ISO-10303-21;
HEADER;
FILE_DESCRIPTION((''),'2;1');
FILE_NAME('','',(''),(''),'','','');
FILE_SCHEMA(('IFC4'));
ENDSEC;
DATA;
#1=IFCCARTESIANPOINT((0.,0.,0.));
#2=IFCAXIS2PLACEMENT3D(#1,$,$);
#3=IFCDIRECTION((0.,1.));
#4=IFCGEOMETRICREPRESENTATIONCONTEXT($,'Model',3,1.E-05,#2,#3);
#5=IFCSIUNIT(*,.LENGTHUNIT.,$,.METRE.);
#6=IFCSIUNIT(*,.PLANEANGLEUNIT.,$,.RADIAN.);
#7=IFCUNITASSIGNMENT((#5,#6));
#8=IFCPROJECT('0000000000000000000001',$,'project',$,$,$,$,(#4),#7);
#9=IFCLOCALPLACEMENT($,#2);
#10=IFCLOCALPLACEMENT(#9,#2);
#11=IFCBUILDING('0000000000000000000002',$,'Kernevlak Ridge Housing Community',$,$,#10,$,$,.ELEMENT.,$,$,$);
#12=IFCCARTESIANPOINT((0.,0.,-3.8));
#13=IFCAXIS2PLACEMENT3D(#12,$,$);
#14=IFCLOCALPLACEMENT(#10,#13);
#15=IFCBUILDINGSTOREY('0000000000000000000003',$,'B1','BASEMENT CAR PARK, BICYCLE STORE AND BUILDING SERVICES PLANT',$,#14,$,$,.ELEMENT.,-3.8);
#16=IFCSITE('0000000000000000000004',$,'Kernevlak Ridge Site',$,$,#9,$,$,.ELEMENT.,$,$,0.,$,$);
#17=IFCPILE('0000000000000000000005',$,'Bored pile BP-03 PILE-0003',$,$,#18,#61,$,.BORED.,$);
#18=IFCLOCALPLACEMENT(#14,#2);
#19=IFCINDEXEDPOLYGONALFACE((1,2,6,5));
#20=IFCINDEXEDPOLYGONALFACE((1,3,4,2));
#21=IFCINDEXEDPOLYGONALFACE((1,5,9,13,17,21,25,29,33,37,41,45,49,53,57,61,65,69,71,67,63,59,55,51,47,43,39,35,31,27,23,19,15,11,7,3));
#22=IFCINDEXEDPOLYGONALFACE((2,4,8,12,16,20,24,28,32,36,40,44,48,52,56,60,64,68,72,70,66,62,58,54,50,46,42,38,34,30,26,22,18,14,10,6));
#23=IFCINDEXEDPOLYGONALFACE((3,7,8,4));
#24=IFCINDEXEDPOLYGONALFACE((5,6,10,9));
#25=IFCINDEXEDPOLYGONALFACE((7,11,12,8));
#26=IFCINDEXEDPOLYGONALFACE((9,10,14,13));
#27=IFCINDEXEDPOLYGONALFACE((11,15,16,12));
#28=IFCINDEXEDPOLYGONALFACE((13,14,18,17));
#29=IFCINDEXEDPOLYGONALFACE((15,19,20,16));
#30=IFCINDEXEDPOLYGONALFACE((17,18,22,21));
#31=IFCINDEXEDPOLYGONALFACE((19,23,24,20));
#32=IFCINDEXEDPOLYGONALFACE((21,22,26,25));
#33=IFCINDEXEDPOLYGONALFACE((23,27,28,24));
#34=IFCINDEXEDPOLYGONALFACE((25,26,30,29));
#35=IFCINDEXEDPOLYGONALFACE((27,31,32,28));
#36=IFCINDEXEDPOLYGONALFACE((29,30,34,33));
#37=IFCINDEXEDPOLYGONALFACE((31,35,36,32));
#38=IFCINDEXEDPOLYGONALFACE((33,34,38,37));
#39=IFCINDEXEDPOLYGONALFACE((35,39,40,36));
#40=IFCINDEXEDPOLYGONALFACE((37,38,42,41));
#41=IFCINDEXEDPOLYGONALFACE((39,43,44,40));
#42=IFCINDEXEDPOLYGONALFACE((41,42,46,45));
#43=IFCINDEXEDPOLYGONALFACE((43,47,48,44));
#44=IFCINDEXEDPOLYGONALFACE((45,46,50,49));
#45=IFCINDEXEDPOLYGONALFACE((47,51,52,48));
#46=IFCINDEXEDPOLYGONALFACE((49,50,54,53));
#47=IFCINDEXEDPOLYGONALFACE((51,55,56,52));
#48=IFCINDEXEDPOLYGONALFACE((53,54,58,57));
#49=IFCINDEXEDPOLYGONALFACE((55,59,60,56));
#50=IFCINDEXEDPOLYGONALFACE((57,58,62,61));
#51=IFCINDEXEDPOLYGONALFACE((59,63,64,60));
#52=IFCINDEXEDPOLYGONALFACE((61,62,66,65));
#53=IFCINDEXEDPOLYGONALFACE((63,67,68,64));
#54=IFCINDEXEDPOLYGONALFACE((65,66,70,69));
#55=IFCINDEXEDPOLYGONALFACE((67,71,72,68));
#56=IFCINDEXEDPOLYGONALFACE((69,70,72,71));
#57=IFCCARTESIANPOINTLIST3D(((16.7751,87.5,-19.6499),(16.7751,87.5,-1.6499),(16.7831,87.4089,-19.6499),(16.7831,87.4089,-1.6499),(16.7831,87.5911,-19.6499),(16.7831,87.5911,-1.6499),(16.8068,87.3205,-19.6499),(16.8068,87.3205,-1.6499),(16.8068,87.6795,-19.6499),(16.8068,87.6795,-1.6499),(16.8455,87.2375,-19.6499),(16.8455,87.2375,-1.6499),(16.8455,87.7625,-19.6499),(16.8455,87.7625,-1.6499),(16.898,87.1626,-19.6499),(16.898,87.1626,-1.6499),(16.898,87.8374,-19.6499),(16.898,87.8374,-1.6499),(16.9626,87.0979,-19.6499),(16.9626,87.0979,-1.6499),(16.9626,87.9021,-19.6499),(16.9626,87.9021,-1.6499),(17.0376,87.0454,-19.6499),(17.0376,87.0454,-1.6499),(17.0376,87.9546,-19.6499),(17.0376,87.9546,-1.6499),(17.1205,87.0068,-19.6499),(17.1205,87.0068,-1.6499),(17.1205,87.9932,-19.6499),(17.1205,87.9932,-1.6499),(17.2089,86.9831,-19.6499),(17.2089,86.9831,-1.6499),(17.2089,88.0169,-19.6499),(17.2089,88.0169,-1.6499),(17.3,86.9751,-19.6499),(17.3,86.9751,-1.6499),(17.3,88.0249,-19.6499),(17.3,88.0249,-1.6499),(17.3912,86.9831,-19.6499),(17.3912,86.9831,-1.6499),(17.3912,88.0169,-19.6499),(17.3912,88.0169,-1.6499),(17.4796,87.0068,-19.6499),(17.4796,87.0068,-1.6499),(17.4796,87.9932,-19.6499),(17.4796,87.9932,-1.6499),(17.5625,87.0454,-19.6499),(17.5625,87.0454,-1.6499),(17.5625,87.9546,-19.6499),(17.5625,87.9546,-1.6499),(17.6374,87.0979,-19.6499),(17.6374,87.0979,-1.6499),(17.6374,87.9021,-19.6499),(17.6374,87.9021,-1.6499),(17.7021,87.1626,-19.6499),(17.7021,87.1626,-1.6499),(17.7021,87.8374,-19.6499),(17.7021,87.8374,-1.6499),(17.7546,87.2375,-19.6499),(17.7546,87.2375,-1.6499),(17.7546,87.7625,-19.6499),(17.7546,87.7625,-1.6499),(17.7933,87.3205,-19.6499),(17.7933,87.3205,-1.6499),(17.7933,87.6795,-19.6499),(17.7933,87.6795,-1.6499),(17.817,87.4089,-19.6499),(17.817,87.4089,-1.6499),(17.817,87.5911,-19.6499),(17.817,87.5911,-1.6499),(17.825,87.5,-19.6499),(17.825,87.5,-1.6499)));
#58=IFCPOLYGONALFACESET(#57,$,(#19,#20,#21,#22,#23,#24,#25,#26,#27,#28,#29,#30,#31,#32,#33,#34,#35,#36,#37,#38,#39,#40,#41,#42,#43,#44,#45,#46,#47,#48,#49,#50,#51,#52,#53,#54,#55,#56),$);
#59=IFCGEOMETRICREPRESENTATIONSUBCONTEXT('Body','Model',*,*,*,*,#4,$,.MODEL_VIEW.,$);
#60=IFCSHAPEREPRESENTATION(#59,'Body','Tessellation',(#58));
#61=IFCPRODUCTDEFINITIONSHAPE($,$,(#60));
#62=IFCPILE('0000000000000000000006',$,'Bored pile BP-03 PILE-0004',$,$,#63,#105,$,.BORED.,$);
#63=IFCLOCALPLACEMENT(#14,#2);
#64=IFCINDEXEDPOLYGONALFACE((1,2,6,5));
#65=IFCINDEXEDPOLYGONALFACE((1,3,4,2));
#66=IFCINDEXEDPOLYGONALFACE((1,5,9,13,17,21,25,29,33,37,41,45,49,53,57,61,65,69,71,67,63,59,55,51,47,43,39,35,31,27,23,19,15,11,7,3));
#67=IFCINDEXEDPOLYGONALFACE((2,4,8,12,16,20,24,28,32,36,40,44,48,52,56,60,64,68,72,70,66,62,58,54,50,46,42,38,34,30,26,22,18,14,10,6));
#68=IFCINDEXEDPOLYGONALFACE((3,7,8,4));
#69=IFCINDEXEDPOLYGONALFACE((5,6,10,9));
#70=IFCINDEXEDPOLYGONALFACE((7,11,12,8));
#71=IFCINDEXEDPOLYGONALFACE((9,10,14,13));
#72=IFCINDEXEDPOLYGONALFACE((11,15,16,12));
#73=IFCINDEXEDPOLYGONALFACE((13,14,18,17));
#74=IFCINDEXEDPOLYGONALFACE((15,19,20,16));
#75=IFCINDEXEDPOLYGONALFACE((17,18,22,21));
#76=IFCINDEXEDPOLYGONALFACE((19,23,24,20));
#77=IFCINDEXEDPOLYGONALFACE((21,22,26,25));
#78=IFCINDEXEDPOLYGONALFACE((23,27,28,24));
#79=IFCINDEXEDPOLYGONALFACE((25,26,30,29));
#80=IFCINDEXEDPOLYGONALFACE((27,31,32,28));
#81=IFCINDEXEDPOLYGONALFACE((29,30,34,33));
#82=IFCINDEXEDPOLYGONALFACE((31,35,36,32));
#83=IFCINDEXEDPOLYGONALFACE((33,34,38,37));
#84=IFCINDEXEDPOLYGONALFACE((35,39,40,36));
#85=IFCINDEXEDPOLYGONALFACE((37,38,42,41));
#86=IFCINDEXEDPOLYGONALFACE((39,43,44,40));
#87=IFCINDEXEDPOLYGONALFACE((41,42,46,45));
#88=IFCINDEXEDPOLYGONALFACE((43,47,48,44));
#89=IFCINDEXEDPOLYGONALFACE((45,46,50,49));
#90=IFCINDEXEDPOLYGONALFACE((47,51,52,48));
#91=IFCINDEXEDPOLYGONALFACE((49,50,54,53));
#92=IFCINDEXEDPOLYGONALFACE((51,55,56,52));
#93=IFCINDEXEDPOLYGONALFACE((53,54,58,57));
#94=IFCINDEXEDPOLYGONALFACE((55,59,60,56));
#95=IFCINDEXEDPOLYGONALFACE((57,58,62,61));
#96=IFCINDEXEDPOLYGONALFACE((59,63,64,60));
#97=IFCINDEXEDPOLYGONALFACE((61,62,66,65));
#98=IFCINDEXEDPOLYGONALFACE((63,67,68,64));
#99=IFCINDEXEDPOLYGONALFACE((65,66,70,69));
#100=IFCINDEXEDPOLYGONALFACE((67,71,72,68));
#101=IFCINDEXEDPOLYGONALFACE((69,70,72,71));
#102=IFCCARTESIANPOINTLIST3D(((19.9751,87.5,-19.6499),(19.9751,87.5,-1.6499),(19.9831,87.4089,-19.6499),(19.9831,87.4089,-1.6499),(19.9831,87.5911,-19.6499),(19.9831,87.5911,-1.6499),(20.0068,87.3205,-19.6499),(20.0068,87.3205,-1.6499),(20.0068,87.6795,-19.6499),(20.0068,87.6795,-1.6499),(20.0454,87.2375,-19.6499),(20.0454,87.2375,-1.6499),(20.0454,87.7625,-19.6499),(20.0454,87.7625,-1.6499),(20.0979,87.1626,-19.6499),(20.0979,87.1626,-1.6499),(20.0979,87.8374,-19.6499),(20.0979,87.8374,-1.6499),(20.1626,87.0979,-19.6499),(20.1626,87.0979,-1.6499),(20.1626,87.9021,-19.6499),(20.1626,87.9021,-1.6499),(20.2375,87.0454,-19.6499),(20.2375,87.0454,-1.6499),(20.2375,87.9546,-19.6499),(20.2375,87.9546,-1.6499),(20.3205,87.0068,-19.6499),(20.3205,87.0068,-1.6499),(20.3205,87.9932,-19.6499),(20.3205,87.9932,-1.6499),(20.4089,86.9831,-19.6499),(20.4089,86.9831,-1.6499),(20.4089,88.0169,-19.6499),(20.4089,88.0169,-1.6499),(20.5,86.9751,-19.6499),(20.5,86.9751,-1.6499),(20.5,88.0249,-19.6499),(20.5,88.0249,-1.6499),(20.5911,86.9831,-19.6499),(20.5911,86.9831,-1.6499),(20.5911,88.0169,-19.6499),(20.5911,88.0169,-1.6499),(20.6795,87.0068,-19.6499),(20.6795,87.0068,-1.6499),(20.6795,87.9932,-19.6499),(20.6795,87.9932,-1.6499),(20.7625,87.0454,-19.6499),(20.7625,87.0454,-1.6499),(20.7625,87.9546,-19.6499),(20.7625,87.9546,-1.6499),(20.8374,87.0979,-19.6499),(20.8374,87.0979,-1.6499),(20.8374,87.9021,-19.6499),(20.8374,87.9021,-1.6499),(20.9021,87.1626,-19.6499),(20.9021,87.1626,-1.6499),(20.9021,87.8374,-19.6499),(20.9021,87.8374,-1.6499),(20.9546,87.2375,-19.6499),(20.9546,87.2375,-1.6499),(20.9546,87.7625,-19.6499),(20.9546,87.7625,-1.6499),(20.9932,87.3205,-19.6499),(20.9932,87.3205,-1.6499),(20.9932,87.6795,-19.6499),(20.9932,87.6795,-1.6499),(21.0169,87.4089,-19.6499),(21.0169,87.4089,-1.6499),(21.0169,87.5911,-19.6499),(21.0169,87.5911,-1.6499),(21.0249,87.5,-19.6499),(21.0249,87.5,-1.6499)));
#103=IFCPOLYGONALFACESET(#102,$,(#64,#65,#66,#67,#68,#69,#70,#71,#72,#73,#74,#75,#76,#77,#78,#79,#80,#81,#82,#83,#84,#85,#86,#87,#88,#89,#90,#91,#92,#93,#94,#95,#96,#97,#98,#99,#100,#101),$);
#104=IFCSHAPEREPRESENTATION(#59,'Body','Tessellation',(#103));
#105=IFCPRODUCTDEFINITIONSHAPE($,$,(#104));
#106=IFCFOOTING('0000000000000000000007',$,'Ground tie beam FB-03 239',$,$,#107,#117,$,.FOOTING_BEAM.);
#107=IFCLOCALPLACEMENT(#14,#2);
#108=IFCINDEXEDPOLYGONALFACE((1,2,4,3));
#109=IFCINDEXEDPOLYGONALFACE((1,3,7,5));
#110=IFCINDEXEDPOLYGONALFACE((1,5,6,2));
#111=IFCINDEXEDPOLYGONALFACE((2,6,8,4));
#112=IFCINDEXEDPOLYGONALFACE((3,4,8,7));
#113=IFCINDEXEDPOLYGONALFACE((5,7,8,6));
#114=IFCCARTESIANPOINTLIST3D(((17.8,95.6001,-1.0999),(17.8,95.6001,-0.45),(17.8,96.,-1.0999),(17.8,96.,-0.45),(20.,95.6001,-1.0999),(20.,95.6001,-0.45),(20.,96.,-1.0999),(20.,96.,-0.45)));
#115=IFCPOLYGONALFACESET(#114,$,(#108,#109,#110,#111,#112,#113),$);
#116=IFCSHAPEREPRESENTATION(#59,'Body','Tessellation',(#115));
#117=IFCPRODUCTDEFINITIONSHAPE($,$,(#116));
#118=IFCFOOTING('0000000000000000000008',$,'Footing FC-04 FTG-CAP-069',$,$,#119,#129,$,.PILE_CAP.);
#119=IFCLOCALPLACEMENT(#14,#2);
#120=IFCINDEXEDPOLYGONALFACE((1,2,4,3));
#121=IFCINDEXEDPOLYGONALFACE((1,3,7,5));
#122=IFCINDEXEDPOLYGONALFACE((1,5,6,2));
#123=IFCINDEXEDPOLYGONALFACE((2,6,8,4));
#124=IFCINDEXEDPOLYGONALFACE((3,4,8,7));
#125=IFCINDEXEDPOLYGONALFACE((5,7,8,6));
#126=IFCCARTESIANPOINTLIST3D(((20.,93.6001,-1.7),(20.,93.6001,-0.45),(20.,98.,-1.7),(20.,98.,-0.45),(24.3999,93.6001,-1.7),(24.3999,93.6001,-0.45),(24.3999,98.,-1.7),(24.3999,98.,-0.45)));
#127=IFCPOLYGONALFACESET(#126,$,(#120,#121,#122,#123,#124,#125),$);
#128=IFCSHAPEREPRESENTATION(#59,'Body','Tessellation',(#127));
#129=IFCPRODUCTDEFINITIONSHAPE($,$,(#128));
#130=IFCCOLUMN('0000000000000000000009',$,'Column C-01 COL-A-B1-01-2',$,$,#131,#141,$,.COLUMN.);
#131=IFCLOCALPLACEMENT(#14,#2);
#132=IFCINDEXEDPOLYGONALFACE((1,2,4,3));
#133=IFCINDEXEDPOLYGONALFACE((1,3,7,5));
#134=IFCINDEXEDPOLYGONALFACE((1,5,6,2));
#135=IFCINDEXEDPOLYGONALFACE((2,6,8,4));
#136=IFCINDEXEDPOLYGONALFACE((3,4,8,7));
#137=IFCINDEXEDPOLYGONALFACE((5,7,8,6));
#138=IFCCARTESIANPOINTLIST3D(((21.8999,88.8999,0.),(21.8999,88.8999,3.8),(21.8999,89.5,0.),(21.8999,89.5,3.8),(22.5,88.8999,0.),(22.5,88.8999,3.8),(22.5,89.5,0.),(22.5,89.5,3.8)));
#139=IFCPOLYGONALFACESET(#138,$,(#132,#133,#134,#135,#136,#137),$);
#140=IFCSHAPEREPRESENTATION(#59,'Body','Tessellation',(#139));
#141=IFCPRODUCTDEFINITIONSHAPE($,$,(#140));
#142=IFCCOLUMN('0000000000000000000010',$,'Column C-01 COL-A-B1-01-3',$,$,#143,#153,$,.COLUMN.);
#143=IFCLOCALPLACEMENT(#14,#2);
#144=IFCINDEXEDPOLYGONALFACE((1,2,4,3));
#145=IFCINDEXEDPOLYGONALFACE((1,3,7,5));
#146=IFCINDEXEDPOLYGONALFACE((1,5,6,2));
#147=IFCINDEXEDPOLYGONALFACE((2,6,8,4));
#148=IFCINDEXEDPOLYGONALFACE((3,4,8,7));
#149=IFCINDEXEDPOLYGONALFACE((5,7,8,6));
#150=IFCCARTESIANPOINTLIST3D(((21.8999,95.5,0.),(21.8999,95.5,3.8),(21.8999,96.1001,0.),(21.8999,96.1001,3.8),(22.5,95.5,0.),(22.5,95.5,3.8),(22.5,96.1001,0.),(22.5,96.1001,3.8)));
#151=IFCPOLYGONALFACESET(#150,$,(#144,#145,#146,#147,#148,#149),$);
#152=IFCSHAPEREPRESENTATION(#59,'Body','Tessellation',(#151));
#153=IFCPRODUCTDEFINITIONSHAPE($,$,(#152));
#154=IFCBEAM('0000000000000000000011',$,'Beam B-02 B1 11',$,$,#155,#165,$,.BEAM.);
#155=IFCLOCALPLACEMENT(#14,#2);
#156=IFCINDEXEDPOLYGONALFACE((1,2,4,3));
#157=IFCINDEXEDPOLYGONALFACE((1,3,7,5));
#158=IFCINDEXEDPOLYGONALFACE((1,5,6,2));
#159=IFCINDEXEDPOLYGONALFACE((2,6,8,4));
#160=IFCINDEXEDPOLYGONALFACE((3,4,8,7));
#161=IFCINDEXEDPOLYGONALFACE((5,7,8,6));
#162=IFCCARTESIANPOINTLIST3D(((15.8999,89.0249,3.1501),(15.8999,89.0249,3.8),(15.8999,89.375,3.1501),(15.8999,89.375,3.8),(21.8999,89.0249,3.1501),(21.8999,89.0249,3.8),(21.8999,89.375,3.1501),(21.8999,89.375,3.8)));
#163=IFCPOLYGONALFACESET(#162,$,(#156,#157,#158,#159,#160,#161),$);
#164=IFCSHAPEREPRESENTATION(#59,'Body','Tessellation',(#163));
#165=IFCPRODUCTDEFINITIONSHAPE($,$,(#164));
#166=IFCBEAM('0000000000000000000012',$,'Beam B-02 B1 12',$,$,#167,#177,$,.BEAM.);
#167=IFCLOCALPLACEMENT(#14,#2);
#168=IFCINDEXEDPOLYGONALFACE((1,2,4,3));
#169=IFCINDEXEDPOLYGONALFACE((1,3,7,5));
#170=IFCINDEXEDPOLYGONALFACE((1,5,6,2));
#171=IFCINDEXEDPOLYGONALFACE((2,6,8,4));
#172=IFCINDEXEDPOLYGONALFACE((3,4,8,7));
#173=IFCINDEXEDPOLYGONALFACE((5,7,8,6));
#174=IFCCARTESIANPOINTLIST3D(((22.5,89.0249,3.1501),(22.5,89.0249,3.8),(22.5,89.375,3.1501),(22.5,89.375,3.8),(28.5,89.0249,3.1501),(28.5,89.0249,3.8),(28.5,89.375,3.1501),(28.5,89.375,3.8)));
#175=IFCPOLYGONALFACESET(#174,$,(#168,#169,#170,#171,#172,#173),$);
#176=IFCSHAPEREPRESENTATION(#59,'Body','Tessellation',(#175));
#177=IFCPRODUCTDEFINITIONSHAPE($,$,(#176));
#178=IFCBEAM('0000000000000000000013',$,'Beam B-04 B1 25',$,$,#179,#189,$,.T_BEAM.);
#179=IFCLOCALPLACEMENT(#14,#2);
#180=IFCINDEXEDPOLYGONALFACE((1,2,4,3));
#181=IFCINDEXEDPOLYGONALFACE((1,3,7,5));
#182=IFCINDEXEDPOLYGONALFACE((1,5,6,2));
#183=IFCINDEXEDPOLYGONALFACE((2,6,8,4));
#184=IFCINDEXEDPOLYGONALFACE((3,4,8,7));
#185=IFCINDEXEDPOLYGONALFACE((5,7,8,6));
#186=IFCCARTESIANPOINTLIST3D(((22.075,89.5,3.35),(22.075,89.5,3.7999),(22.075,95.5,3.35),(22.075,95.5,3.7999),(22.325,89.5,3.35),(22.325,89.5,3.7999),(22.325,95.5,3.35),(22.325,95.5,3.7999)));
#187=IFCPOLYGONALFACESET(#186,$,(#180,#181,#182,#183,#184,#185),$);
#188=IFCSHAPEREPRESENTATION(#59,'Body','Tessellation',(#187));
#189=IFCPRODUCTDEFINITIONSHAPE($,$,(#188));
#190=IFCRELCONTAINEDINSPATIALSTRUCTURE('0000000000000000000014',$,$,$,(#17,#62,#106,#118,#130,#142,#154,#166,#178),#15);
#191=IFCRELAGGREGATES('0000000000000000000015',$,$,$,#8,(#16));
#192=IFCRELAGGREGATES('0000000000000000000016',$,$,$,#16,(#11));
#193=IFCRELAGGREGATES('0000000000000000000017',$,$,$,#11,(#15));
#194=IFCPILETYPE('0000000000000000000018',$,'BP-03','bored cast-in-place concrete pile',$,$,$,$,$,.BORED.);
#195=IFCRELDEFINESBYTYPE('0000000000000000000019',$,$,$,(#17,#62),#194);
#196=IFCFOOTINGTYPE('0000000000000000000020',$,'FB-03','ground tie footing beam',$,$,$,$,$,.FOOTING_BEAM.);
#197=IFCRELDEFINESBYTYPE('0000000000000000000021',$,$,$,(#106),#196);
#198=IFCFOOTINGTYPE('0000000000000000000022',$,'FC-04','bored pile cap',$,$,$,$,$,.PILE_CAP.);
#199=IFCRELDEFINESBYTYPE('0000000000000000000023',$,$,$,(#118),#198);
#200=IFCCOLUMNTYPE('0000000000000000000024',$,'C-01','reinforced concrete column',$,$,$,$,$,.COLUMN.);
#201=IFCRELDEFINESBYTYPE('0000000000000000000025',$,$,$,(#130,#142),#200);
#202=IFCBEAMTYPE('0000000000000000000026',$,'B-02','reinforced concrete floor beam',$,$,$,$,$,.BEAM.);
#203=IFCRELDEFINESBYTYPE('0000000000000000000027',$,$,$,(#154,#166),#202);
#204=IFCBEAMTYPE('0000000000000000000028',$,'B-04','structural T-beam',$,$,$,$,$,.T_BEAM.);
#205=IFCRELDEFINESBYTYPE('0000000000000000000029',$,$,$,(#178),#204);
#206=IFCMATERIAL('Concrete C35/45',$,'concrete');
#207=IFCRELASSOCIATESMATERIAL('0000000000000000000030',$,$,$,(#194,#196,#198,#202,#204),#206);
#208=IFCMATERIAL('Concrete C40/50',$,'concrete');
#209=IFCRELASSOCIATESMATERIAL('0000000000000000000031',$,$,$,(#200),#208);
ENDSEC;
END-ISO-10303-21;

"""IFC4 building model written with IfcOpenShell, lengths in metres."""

from ifc_helpers import new_model, si_unit, direction, frame, origin, origin_2d, place, context, subcontext, project, spatial, rectangle, circle, extrude, material, material_profile, profile_set, type_object, element, save


model = new_model("IFC4")

# Units and contexts
model_context = context("Model", 3, precision=1e-05, world=origin(), true_north=direction((0.0, 1.0)))
body_context = subcontext(model_context, "Body", "Model", "MODEL_VIEW")
ifc_project = project(units=[si_unit("LENGTHUNIT", "METRE"), si_unit("PLANEANGLEUNIT", "RADIAN")], contexts=[model_context])

# Site, building, storey
site_placement = place(None, origin())
site = spatial("IfcSite", under=ifc_project, at=site_placement, Name="Kernevlak Ridge Site", CompositionType="ELEMENT", RefElevation=0.0)
building_placement = place(site_placement, origin())
building = spatial("IfcBuilding", under=site, at=building_placement, Name="Kernevlak Ridge Housing Community", CompositionType="ELEMENT")
storey_placement = place(building_placement, frame((0.0, 0.0, -3.8)))
storey = spatial("IfcBuildingStorey", under=building, at=storey_placement, Name="B1", Description="BASEMENT CAR PARK, BICYCLE STORE AND BUILDING SERVICES PLANT", CompositionType="ELEMENT", Elevation=-3.8)

# Piles
ifc_material_1 = material(Name="Concrete C35/45", Category="concrete")
ifc_material_profile_1 = material_profile(ifc_material_1, circle(Radius=0.5249, at=origin_2d()), Name="BORED PILE 1050")
ifc_profile_set_1 = profile_set([ifc_material_profile_1], Name="Concrete C35/45")
pile_type_1 = type_object("IfcPileType", Name="BP-03", Description="bored cast-in-place concrete pile", PredefinedType="BORED", material=ifc_profile_set_1)
for number, where, z_axis, x_axis, name in (
    (1, (17.3, 87.5, -1.6499), (0.0, 0.0, -1.0), (1.0, 0.0, 0.0), "Bored pile BP-03 PILE-0003"),
    (2, (20.5, 87.5, -1.6499), (0.0, 0.0, -1.0), (1.0, 0.0, 0.0), "Bored pile BP-03 PILE-0004"),
):
    element("IfcPile", number, at=place(storey_placement, frame(where, z_axis=z_axis, x_axis=x_axis)), inside=storey, type_object=pile_type_1, Name=name, PredefinedType="BORED", context=body_context, shape_type="SweptSolid", body=[
        extrude(circle(Radius=0.5249, at=origin_2d()), origin(), (0.0, 0.0, 1.0), 18.0),
    ])

# Footings
ifc_material_profile_2 = material_profile(ifc_material_1, rectangle(XDim=0.3999, YDim=0.6499, at=origin_2d()), Name="RC 400x650")
ifc_profile_set_2 = profile_set([ifc_material_profile_2], Name="Concrete C35/45")
footing_type_1 = type_object("IfcFootingType", Name="FB-03", Description="ground tie footing beam", PredefinedType="FOOTING_BEAM", material=ifc_profile_set_2)
footing_1_placement = place(storey_placement, frame((17.8, 95.8, -0.7749), z_axis=(1.0, 0.0, 0.0), x_axis=(0.0, 1.0, 0.0)))
element("IfcFooting", 3, at=footing_1_placement, inside=storey, type_object=footing_type_1, Name="Ground tie beam FB-03 239", PredefinedType="FOOTING_BEAM", context=body_context, shape_type="SweptSolid", body=[
    extrude(rectangle(XDim=0.3999, YDim=0.6499, at=origin_2d()), origin(), (0.0, 0.0, 1.0), 2.2),
])
footing_type_2 = type_object("IfcFootingType", Name="FC-04", Description="bored pile cap", PredefinedType="PILE_CAP", material=ifc_material_1)
footing_2_placement = place(storey_placement, frame((22.2, 95.8, -1.7), z_axis=(0.0, 0.0, 1.0), x_axis=(1.0, 0.0, 0.0)))
element("IfcFooting", 4, at=footing_2_placement, inside=storey, type_object=footing_type_2, Name="Footing FC-04 FTG-CAP-069", PredefinedType="PILE_CAP", context=body_context, shape_type="SweptSolid", body=[
    extrude(rectangle(XDim=4.3999, YDim=4.3999, at=origin_2d()), origin(), (0.0, 0.0, 1.0), 1.25),
])

# Columns
ifc_material_2 = material(Name="Concrete C40/50", Category="concrete")
ifc_material_profile_3 = material_profile(ifc_material_2, rectangle(XDim=0.6001, YDim=0.6001, at=origin_2d()), Name="RC 600x600")
ifc_profile_set_3 = profile_set([ifc_material_profile_3], Name="Concrete C40/50")
column_type = type_object("IfcColumnType", Name="C-01", Description="reinforced concrete column", PredefinedType="COLUMN", material=ifc_profile_set_3)
for number, where, z_axis, x_axis, name in (
    (5, (22.2, 89.2, 0.0), (0.0, 0.0, 1.0), (1.0, 0.0, 0.0), "Column C-01 COL-A-B1-01-2"),
    (6, (22.2, 95.8, 0.0), (0.0, 0.0, 1.0), (1.0, 0.0, 0.0), "Column C-01 COL-A-B1-01-3"),
):
    element("IfcColumn", number, at=place(storey_placement, frame(where, z_axis=z_axis, x_axis=x_axis)), inside=storey, type_object=column_type, Name=name, PredefinedType="COLUMN", context=body_context, shape_type="SweptSolid", body=[
        extrude(rectangle(XDim=0.6001, YDim=0.6001, at=origin_2d()), origin(), (0.0, 0.0, 1.0), 3.8),
    ])

# Beams
ifc_material_profile_4 = material_profile(ifc_material_1, rectangle(XDim=0.3501, YDim=0.6499, at=origin_2d()), Name="RC 350x650")
ifc_profile_set_4 = profile_set([ifc_material_profile_4], Name="Concrete C35/45")
beam_type_1 = type_object("IfcBeamType", Name="B-02", Description="reinforced concrete floor beam", PredefinedType="BEAM", material=ifc_profile_set_4)
for number, where, z_axis, x_axis, name in (
    (7, (15.8999, 89.2, 3.4751), (1.0, 0.0, 0.0), (0.0, 1.0, 0.0), "Beam B-02 B1 11"),
    (8, (22.5, 89.2, 3.4751), (1.0, 0.0, 0.0), (0.0, 1.0, 0.0), "Beam B-02 B1 12"),
):
    element("IfcBeam", number, at=place(storey_placement, frame(where, z_axis=z_axis, x_axis=x_axis)), inside=storey, type_object=beam_type_1, Name=name, PredefinedType="BEAM", context=body_context, shape_type="SweptSolid", body=[
        extrude(rectangle(XDim=0.3501, YDim=0.6499, at=origin_2d()), origin(), (0.0, 0.0, 1.0), 6.0),
    ])
ifc_material_profile_5 = material_profile(ifc_material_1, rectangle(XDim=0.25, YDim=0.45, at=origin_2d()), Name="RC 250x450")
ifc_profile_set_5 = profile_set([ifc_material_profile_5], Name="Concrete C35/45")
beam_type_2 = type_object("IfcBeamType", Name="B-04", Description="structural T-beam", PredefinedType="T_BEAM", material=ifc_profile_set_5)
beam_1_placement = place(storey_placement, frame((22.2, 89.5, 3.575), z_axis=(0.0, 1.0, 0.0), x_axis=(-1.0, 0.0, 0.0)))
element("IfcBeam", 9, at=beam_1_placement, inside=storey, type_object=beam_type_2, Name="Beam B-04 B1 25", PredefinedType="T_BEAM", context=body_context, shape_type="SweptSolid", body=[
    extrude(rectangle(XDim=0.25, YDim=0.45, at=origin_2d()), origin(), (0.0, 0.0, 1.0), 6.0),
])

save(model, "model.ifc")
